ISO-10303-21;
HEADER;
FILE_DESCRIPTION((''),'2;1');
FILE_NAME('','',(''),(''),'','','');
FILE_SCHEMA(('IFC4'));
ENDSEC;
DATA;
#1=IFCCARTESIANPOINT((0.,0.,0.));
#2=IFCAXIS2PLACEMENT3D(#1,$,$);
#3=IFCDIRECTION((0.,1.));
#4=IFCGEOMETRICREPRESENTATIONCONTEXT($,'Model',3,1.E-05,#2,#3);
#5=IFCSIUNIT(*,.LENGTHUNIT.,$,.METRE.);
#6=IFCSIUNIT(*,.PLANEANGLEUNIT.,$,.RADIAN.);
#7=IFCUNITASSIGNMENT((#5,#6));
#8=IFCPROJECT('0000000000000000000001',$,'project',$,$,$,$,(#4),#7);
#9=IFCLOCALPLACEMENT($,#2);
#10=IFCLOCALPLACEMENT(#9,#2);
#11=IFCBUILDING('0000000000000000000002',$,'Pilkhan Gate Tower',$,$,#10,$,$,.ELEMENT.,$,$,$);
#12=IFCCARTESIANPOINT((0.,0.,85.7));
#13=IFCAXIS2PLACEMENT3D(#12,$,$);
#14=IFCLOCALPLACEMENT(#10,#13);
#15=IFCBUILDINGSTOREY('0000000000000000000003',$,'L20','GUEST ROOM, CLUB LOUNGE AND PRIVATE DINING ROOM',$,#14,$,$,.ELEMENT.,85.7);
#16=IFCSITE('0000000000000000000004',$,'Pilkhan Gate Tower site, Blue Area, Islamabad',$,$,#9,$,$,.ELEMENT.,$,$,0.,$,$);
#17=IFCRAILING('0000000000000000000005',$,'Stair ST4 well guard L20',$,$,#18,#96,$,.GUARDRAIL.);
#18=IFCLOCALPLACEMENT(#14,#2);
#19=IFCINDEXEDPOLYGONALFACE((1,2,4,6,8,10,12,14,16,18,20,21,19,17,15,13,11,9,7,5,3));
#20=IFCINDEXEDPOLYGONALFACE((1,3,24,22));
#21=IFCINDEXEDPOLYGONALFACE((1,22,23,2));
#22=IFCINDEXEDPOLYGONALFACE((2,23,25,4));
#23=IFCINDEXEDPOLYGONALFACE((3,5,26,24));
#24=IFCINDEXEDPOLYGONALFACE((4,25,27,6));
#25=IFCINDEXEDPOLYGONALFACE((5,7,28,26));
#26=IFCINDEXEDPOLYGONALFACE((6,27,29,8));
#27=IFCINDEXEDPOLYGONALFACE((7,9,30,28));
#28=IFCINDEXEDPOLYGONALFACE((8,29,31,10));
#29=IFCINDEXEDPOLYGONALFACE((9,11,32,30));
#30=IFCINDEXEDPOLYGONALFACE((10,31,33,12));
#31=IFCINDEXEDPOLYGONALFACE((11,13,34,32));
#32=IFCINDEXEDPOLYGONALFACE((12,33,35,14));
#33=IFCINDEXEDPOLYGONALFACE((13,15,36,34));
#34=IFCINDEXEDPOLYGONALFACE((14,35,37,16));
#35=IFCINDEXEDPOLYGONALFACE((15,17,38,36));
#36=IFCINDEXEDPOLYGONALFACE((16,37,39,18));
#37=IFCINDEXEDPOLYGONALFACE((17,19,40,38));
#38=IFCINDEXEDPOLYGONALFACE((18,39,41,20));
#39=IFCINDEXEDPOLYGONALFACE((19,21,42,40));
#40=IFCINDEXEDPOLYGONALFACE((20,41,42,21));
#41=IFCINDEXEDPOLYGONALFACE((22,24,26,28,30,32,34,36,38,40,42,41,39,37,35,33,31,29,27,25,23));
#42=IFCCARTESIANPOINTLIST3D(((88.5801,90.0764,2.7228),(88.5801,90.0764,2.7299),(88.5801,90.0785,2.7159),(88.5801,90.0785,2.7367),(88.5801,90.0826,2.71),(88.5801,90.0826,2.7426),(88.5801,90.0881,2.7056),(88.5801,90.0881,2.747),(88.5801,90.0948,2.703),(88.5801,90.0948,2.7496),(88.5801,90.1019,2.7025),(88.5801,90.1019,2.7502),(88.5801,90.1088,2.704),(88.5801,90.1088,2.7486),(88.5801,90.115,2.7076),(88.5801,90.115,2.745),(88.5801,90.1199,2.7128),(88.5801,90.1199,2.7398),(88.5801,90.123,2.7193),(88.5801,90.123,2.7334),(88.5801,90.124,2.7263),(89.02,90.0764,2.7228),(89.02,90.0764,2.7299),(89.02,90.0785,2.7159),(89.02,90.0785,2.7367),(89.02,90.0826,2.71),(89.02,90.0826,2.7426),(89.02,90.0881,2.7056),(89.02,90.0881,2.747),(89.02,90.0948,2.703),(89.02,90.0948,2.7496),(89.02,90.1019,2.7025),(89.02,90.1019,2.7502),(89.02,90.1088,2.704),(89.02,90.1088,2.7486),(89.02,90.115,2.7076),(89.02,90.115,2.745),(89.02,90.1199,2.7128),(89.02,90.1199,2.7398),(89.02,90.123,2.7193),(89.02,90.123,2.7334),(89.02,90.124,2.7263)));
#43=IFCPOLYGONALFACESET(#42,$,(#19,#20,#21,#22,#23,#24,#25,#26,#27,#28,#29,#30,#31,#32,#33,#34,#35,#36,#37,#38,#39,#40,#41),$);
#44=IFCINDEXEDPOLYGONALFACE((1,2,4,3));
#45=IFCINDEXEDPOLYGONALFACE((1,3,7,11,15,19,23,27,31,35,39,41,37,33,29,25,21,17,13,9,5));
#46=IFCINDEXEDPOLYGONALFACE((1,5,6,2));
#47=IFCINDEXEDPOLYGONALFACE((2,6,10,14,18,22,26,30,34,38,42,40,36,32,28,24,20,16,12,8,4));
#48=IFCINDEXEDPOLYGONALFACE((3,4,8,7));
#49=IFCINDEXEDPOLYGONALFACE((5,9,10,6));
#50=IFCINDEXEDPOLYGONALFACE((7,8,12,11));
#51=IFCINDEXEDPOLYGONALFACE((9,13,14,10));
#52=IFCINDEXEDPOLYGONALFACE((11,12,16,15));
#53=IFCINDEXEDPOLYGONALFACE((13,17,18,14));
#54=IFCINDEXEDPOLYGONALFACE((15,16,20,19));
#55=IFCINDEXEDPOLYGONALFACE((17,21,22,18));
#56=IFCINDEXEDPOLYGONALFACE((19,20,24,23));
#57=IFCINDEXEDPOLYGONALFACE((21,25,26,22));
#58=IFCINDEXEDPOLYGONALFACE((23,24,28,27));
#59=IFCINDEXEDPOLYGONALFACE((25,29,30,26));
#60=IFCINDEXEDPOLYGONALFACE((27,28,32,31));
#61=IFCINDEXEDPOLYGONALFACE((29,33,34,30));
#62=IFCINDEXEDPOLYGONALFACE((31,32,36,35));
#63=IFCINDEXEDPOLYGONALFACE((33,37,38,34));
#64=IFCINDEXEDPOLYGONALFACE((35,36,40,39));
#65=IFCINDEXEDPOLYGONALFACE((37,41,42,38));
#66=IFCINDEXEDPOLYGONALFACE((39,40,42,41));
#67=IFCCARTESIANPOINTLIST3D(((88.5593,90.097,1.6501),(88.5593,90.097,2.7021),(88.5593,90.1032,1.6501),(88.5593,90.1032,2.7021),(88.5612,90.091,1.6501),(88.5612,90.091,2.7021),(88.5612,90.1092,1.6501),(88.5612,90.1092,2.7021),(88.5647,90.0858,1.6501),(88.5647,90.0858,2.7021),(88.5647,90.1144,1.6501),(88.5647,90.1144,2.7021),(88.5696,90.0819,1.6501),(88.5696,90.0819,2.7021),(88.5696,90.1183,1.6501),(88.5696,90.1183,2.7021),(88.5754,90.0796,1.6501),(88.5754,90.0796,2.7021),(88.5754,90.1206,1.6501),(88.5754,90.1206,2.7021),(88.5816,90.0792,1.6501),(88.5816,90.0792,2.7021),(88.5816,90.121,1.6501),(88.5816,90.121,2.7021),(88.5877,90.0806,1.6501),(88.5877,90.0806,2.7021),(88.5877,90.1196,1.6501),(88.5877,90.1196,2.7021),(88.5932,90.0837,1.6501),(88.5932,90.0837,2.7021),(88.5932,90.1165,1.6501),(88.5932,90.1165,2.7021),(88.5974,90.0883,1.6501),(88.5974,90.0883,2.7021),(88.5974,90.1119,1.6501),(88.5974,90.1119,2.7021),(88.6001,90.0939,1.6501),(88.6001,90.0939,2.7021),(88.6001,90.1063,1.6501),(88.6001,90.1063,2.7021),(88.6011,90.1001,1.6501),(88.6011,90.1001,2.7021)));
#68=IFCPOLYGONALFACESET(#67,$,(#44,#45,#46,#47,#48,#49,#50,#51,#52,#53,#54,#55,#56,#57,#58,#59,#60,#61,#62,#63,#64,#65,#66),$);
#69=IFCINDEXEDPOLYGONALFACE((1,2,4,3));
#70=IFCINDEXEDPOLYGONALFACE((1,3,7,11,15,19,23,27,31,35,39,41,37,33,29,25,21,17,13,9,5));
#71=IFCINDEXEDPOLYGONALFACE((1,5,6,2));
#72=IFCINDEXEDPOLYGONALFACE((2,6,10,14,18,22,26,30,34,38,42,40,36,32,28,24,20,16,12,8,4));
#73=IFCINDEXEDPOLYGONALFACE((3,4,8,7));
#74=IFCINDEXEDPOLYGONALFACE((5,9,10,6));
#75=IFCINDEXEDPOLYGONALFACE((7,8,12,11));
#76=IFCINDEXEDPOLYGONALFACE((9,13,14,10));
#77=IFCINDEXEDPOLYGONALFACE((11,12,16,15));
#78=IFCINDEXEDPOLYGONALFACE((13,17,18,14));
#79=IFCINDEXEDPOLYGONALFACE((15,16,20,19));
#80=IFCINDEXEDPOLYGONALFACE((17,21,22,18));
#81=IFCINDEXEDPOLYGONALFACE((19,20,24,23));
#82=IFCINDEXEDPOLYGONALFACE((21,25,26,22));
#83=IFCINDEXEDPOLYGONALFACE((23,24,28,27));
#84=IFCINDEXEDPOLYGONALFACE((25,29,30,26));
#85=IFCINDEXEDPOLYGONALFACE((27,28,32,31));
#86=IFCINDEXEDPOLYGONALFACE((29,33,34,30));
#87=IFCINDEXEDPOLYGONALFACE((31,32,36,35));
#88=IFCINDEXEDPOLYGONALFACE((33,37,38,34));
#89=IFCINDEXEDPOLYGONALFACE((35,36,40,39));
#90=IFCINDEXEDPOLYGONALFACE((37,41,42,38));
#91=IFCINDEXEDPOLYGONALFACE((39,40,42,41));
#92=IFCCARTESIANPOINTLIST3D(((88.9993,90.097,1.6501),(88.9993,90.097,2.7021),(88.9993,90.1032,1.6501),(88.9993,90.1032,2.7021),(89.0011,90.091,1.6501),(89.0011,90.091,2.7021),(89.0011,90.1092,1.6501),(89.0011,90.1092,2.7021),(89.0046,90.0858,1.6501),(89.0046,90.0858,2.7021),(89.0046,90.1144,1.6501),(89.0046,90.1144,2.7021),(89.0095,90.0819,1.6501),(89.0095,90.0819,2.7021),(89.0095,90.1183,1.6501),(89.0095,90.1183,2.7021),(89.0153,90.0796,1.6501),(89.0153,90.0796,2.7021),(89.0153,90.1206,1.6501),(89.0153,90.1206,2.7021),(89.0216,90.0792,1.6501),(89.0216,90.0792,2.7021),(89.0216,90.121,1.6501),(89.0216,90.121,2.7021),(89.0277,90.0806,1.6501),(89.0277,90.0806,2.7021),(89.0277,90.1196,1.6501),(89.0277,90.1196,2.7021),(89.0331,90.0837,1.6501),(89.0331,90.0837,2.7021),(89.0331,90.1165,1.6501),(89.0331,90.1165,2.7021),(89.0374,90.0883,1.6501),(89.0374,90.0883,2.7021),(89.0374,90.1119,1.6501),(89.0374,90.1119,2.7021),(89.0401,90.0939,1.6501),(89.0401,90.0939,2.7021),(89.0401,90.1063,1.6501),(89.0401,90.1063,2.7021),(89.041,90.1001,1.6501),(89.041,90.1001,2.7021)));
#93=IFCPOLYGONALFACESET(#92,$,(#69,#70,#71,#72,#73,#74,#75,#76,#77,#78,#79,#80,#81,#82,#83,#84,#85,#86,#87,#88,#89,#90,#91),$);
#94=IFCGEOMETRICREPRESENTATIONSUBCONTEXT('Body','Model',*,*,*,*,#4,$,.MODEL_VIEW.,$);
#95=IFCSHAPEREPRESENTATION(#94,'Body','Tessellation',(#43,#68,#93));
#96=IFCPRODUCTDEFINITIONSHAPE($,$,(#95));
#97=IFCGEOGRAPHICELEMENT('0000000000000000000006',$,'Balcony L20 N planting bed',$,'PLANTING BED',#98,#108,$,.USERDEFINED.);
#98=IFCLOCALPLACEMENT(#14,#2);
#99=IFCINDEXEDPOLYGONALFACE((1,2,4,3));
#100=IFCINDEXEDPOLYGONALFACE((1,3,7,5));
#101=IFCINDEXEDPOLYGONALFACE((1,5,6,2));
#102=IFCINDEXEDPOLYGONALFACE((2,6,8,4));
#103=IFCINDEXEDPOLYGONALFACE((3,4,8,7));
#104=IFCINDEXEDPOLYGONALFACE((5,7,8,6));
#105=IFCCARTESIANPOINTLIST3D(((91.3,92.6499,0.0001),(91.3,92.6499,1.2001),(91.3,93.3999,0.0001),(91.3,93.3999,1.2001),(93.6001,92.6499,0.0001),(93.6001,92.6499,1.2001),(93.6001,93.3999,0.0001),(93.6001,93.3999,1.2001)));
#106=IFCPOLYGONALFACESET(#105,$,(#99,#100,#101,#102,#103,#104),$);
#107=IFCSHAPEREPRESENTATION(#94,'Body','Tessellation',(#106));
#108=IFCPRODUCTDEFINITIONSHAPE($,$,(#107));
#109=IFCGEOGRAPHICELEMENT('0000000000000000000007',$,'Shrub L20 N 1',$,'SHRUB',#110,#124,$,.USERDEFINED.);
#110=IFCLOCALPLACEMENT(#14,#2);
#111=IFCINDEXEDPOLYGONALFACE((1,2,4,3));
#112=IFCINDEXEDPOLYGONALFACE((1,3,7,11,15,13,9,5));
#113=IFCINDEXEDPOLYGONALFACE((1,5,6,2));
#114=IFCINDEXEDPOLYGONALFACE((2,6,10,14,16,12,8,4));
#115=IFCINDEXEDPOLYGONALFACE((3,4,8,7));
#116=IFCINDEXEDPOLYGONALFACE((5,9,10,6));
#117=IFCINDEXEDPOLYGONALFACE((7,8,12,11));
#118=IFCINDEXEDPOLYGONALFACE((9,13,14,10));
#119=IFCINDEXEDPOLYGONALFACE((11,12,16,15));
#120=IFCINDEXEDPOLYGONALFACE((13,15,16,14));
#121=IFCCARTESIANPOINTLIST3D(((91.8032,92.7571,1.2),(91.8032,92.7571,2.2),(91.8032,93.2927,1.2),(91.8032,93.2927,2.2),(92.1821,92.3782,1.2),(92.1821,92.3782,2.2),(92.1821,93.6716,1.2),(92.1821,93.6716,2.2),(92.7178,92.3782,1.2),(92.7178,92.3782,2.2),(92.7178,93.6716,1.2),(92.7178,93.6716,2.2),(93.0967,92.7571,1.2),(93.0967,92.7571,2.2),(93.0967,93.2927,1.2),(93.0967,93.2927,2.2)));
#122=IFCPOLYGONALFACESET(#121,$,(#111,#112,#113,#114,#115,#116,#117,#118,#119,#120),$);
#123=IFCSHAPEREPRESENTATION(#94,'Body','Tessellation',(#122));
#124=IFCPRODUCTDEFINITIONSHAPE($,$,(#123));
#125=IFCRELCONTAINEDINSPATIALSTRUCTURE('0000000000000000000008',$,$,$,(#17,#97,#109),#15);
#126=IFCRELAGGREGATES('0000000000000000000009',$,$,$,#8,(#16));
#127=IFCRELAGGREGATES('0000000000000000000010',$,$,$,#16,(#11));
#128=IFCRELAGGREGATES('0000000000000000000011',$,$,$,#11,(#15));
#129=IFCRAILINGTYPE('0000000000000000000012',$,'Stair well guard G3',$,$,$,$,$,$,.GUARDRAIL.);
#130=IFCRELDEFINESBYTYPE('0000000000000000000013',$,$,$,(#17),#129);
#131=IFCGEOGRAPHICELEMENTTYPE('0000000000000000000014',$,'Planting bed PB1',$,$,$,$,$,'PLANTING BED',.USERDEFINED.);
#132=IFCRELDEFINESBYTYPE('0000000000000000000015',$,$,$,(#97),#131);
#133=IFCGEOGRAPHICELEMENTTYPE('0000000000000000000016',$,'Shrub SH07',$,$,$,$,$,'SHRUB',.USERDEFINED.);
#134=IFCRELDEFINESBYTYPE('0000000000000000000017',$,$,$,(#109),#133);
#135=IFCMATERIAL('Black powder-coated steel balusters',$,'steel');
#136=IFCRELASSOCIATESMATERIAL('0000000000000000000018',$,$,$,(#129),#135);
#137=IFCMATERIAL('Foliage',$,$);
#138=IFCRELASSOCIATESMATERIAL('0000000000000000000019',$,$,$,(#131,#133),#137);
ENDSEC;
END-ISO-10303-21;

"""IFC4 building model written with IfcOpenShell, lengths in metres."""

from ifc_helpers import new_model, si_unit, direction, frame, origin, origin_2d, place, context, subcontext, project, spatial, polyline, rectangle, circle, outline, extrude, material, material_profile, profile_set, type_object, element, save


model = new_model("IFC4")

# Units and contexts
model_context = context("Model", 3, precision=1e-05, world=origin(), true_north=direction((0.0, 1.0)))
body_context = subcontext(model_context, "Body", "Model", "MODEL_VIEW")
ifc_project = project(units=[si_unit("LENGTHUNIT", "METRE"), si_unit("PLANEANGLEUNIT", "RADIAN")], contexts=[model_context])

# Site, building, storey
site_placement = place(None, origin())
site = spatial("IfcSite", under=ifc_project, at=site_placement, Name="Pilkhan Gate Tower site, Blue Area, Islamabad", CompositionType="ELEMENT", RefElevation=0.0)
building_placement = place(site_placement, origin())
building = spatial("IfcBuilding", under=site, at=building_placement, Name="Pilkhan Gate Tower", CompositionType="ELEMENT")
storey_placement = place(building_placement, frame((0.0, 0.0, 85.7)))
storey = spatial("IfcBuildingStorey", under=building, at=storey_placement, Name="L20", Description="GUEST ROOM, CLUB LOUNGE AND PRIVATE DINING ROOM", CompositionType="ELEMENT", Elevation=85.7)

# Railing
ifc_material_1 = material(Name="Black powder-coated steel balusters", Category="steel")
railing_type_1 = type_object("IfcRailingType", Name="Stair well guard G3", PredefinedType="GUARDRAIL", material=ifc_material_1)
railing_1_placement = place(storey_placement, frame((88.5801, 90.1001, 1.6501)))
element("IfcRailing", 1, at=railing_1_placement, inside=storey, type_object=railing_type_1, Name="Stair ST4 well guard L20", PredefinedType="GUARDRAIL", context=body_context, shape_type="SweptSolid", body=[
    extrude(circle(Radius=0.0239, at=origin_2d()), frame((0.0, 0.0, 1.0762), z_axis=(1.0, 0.0, 0.0), x_axis=(0.0, 1.0, 0.0)), (0.0, 0.0, 1.0), 0.4399),
    extrude(circle(Radius=0.021, at=origin_2d()), origin(), (0.0, 0.0, 1.0), 1.052),
    extrude(circle(Radius=0.021, at=origin_2d()), frame((0.4399, 0.0, 0.0)), (0.0, 0.0, 1.0), 1.052),
])

# Geographic elements
ifc_material_2 = material(Name="Foliage")
ifc_material_profile_1 = material_profile(ifc_material_2, rectangle(XDim=0.75, YDim=1.2, at=origin_2d()), Name="Bed 750x1200")
ifc_profile_set_1 = profile_set([ifc_material_profile_1], Name="Foliage")
geographic_element_type_1 = type_object("IfcGeographicElementType", Name="Planting bed PB1", ElementType="PLANTING BED", PredefinedType="USERDEFINED", material=ifc_profile_set_1)
geographic_element_1_placement = place(storey_placement, frame((91.3, 93.0249, 0.6001), z_axis=(1.0, 0.0, 0.0), x_axis=(0.0, 1.0, 0.0)))
element("IfcGeographicElement", 2, at=geographic_element_1_placement, inside=storey, type_object=geographic_element_type_1, Name="Balcony L20 N planting bed", ObjectType="PLANTING BED", PredefinedType="USERDEFINED", context=body_context, shape_type="SweptSolid", body=[
    extrude(rectangle(XDim=0.75, YDim=1.2, at=origin_2d()), origin(), (0.0, 0.0, 1.0), 2.3),
])
ifc_material_profile_2 = material_profile(ifc_material_2, outline(polyline([(0.6467, 0.2678), (0.2678, 0.6467), (-0.2678, 0.6467), (-0.6467, 0.2678), (-0.6467, -0.2678), (-0.2678, -0.6467), (0.2678, -0.6467), (0.6467, -0.2678), (0.6467, 0.2678)])), Name="Shrub D1.4")
ifc_profile_set_2 = profile_set([ifc_material_profile_2], Name="Foliage")
geographic_element_type_2 = type_object("IfcGeographicElementType", Name="Shrub SH07", ElementType="SHRUB", PredefinedType="USERDEFINED", material=ifc_profile_set_2)
geographic_element_2_placement = place(storey_placement, frame((92.45, 93.0249, 1.2), z_axis=(0.0, 0.0, 1.0), x_axis=(1.0, 0.0, 0.0)))
element("IfcGeographicElement", 3, at=geographic_element_2_placement, inside=storey, type_object=geographic_element_type_2, Name="Shrub L20 N 1", ObjectType="SHRUB", PredefinedType="USERDEFINED", context=body_context, shape_type="SweptSolid", body=[
    extrude(outline(polyline([(0.6467, 0.2678), (0.2678, 0.6467), (-0.2678, 0.6467), (-0.6467, 0.2678), (-0.6467, -0.2678), (-0.2678, -0.6467), (0.2678, -0.6467), (0.6467, -0.2678), (0.6467, 0.2678)])), origin(), (0.0, 0.0, 1.0), 1.0),
])

save(model, "model.ifc")
